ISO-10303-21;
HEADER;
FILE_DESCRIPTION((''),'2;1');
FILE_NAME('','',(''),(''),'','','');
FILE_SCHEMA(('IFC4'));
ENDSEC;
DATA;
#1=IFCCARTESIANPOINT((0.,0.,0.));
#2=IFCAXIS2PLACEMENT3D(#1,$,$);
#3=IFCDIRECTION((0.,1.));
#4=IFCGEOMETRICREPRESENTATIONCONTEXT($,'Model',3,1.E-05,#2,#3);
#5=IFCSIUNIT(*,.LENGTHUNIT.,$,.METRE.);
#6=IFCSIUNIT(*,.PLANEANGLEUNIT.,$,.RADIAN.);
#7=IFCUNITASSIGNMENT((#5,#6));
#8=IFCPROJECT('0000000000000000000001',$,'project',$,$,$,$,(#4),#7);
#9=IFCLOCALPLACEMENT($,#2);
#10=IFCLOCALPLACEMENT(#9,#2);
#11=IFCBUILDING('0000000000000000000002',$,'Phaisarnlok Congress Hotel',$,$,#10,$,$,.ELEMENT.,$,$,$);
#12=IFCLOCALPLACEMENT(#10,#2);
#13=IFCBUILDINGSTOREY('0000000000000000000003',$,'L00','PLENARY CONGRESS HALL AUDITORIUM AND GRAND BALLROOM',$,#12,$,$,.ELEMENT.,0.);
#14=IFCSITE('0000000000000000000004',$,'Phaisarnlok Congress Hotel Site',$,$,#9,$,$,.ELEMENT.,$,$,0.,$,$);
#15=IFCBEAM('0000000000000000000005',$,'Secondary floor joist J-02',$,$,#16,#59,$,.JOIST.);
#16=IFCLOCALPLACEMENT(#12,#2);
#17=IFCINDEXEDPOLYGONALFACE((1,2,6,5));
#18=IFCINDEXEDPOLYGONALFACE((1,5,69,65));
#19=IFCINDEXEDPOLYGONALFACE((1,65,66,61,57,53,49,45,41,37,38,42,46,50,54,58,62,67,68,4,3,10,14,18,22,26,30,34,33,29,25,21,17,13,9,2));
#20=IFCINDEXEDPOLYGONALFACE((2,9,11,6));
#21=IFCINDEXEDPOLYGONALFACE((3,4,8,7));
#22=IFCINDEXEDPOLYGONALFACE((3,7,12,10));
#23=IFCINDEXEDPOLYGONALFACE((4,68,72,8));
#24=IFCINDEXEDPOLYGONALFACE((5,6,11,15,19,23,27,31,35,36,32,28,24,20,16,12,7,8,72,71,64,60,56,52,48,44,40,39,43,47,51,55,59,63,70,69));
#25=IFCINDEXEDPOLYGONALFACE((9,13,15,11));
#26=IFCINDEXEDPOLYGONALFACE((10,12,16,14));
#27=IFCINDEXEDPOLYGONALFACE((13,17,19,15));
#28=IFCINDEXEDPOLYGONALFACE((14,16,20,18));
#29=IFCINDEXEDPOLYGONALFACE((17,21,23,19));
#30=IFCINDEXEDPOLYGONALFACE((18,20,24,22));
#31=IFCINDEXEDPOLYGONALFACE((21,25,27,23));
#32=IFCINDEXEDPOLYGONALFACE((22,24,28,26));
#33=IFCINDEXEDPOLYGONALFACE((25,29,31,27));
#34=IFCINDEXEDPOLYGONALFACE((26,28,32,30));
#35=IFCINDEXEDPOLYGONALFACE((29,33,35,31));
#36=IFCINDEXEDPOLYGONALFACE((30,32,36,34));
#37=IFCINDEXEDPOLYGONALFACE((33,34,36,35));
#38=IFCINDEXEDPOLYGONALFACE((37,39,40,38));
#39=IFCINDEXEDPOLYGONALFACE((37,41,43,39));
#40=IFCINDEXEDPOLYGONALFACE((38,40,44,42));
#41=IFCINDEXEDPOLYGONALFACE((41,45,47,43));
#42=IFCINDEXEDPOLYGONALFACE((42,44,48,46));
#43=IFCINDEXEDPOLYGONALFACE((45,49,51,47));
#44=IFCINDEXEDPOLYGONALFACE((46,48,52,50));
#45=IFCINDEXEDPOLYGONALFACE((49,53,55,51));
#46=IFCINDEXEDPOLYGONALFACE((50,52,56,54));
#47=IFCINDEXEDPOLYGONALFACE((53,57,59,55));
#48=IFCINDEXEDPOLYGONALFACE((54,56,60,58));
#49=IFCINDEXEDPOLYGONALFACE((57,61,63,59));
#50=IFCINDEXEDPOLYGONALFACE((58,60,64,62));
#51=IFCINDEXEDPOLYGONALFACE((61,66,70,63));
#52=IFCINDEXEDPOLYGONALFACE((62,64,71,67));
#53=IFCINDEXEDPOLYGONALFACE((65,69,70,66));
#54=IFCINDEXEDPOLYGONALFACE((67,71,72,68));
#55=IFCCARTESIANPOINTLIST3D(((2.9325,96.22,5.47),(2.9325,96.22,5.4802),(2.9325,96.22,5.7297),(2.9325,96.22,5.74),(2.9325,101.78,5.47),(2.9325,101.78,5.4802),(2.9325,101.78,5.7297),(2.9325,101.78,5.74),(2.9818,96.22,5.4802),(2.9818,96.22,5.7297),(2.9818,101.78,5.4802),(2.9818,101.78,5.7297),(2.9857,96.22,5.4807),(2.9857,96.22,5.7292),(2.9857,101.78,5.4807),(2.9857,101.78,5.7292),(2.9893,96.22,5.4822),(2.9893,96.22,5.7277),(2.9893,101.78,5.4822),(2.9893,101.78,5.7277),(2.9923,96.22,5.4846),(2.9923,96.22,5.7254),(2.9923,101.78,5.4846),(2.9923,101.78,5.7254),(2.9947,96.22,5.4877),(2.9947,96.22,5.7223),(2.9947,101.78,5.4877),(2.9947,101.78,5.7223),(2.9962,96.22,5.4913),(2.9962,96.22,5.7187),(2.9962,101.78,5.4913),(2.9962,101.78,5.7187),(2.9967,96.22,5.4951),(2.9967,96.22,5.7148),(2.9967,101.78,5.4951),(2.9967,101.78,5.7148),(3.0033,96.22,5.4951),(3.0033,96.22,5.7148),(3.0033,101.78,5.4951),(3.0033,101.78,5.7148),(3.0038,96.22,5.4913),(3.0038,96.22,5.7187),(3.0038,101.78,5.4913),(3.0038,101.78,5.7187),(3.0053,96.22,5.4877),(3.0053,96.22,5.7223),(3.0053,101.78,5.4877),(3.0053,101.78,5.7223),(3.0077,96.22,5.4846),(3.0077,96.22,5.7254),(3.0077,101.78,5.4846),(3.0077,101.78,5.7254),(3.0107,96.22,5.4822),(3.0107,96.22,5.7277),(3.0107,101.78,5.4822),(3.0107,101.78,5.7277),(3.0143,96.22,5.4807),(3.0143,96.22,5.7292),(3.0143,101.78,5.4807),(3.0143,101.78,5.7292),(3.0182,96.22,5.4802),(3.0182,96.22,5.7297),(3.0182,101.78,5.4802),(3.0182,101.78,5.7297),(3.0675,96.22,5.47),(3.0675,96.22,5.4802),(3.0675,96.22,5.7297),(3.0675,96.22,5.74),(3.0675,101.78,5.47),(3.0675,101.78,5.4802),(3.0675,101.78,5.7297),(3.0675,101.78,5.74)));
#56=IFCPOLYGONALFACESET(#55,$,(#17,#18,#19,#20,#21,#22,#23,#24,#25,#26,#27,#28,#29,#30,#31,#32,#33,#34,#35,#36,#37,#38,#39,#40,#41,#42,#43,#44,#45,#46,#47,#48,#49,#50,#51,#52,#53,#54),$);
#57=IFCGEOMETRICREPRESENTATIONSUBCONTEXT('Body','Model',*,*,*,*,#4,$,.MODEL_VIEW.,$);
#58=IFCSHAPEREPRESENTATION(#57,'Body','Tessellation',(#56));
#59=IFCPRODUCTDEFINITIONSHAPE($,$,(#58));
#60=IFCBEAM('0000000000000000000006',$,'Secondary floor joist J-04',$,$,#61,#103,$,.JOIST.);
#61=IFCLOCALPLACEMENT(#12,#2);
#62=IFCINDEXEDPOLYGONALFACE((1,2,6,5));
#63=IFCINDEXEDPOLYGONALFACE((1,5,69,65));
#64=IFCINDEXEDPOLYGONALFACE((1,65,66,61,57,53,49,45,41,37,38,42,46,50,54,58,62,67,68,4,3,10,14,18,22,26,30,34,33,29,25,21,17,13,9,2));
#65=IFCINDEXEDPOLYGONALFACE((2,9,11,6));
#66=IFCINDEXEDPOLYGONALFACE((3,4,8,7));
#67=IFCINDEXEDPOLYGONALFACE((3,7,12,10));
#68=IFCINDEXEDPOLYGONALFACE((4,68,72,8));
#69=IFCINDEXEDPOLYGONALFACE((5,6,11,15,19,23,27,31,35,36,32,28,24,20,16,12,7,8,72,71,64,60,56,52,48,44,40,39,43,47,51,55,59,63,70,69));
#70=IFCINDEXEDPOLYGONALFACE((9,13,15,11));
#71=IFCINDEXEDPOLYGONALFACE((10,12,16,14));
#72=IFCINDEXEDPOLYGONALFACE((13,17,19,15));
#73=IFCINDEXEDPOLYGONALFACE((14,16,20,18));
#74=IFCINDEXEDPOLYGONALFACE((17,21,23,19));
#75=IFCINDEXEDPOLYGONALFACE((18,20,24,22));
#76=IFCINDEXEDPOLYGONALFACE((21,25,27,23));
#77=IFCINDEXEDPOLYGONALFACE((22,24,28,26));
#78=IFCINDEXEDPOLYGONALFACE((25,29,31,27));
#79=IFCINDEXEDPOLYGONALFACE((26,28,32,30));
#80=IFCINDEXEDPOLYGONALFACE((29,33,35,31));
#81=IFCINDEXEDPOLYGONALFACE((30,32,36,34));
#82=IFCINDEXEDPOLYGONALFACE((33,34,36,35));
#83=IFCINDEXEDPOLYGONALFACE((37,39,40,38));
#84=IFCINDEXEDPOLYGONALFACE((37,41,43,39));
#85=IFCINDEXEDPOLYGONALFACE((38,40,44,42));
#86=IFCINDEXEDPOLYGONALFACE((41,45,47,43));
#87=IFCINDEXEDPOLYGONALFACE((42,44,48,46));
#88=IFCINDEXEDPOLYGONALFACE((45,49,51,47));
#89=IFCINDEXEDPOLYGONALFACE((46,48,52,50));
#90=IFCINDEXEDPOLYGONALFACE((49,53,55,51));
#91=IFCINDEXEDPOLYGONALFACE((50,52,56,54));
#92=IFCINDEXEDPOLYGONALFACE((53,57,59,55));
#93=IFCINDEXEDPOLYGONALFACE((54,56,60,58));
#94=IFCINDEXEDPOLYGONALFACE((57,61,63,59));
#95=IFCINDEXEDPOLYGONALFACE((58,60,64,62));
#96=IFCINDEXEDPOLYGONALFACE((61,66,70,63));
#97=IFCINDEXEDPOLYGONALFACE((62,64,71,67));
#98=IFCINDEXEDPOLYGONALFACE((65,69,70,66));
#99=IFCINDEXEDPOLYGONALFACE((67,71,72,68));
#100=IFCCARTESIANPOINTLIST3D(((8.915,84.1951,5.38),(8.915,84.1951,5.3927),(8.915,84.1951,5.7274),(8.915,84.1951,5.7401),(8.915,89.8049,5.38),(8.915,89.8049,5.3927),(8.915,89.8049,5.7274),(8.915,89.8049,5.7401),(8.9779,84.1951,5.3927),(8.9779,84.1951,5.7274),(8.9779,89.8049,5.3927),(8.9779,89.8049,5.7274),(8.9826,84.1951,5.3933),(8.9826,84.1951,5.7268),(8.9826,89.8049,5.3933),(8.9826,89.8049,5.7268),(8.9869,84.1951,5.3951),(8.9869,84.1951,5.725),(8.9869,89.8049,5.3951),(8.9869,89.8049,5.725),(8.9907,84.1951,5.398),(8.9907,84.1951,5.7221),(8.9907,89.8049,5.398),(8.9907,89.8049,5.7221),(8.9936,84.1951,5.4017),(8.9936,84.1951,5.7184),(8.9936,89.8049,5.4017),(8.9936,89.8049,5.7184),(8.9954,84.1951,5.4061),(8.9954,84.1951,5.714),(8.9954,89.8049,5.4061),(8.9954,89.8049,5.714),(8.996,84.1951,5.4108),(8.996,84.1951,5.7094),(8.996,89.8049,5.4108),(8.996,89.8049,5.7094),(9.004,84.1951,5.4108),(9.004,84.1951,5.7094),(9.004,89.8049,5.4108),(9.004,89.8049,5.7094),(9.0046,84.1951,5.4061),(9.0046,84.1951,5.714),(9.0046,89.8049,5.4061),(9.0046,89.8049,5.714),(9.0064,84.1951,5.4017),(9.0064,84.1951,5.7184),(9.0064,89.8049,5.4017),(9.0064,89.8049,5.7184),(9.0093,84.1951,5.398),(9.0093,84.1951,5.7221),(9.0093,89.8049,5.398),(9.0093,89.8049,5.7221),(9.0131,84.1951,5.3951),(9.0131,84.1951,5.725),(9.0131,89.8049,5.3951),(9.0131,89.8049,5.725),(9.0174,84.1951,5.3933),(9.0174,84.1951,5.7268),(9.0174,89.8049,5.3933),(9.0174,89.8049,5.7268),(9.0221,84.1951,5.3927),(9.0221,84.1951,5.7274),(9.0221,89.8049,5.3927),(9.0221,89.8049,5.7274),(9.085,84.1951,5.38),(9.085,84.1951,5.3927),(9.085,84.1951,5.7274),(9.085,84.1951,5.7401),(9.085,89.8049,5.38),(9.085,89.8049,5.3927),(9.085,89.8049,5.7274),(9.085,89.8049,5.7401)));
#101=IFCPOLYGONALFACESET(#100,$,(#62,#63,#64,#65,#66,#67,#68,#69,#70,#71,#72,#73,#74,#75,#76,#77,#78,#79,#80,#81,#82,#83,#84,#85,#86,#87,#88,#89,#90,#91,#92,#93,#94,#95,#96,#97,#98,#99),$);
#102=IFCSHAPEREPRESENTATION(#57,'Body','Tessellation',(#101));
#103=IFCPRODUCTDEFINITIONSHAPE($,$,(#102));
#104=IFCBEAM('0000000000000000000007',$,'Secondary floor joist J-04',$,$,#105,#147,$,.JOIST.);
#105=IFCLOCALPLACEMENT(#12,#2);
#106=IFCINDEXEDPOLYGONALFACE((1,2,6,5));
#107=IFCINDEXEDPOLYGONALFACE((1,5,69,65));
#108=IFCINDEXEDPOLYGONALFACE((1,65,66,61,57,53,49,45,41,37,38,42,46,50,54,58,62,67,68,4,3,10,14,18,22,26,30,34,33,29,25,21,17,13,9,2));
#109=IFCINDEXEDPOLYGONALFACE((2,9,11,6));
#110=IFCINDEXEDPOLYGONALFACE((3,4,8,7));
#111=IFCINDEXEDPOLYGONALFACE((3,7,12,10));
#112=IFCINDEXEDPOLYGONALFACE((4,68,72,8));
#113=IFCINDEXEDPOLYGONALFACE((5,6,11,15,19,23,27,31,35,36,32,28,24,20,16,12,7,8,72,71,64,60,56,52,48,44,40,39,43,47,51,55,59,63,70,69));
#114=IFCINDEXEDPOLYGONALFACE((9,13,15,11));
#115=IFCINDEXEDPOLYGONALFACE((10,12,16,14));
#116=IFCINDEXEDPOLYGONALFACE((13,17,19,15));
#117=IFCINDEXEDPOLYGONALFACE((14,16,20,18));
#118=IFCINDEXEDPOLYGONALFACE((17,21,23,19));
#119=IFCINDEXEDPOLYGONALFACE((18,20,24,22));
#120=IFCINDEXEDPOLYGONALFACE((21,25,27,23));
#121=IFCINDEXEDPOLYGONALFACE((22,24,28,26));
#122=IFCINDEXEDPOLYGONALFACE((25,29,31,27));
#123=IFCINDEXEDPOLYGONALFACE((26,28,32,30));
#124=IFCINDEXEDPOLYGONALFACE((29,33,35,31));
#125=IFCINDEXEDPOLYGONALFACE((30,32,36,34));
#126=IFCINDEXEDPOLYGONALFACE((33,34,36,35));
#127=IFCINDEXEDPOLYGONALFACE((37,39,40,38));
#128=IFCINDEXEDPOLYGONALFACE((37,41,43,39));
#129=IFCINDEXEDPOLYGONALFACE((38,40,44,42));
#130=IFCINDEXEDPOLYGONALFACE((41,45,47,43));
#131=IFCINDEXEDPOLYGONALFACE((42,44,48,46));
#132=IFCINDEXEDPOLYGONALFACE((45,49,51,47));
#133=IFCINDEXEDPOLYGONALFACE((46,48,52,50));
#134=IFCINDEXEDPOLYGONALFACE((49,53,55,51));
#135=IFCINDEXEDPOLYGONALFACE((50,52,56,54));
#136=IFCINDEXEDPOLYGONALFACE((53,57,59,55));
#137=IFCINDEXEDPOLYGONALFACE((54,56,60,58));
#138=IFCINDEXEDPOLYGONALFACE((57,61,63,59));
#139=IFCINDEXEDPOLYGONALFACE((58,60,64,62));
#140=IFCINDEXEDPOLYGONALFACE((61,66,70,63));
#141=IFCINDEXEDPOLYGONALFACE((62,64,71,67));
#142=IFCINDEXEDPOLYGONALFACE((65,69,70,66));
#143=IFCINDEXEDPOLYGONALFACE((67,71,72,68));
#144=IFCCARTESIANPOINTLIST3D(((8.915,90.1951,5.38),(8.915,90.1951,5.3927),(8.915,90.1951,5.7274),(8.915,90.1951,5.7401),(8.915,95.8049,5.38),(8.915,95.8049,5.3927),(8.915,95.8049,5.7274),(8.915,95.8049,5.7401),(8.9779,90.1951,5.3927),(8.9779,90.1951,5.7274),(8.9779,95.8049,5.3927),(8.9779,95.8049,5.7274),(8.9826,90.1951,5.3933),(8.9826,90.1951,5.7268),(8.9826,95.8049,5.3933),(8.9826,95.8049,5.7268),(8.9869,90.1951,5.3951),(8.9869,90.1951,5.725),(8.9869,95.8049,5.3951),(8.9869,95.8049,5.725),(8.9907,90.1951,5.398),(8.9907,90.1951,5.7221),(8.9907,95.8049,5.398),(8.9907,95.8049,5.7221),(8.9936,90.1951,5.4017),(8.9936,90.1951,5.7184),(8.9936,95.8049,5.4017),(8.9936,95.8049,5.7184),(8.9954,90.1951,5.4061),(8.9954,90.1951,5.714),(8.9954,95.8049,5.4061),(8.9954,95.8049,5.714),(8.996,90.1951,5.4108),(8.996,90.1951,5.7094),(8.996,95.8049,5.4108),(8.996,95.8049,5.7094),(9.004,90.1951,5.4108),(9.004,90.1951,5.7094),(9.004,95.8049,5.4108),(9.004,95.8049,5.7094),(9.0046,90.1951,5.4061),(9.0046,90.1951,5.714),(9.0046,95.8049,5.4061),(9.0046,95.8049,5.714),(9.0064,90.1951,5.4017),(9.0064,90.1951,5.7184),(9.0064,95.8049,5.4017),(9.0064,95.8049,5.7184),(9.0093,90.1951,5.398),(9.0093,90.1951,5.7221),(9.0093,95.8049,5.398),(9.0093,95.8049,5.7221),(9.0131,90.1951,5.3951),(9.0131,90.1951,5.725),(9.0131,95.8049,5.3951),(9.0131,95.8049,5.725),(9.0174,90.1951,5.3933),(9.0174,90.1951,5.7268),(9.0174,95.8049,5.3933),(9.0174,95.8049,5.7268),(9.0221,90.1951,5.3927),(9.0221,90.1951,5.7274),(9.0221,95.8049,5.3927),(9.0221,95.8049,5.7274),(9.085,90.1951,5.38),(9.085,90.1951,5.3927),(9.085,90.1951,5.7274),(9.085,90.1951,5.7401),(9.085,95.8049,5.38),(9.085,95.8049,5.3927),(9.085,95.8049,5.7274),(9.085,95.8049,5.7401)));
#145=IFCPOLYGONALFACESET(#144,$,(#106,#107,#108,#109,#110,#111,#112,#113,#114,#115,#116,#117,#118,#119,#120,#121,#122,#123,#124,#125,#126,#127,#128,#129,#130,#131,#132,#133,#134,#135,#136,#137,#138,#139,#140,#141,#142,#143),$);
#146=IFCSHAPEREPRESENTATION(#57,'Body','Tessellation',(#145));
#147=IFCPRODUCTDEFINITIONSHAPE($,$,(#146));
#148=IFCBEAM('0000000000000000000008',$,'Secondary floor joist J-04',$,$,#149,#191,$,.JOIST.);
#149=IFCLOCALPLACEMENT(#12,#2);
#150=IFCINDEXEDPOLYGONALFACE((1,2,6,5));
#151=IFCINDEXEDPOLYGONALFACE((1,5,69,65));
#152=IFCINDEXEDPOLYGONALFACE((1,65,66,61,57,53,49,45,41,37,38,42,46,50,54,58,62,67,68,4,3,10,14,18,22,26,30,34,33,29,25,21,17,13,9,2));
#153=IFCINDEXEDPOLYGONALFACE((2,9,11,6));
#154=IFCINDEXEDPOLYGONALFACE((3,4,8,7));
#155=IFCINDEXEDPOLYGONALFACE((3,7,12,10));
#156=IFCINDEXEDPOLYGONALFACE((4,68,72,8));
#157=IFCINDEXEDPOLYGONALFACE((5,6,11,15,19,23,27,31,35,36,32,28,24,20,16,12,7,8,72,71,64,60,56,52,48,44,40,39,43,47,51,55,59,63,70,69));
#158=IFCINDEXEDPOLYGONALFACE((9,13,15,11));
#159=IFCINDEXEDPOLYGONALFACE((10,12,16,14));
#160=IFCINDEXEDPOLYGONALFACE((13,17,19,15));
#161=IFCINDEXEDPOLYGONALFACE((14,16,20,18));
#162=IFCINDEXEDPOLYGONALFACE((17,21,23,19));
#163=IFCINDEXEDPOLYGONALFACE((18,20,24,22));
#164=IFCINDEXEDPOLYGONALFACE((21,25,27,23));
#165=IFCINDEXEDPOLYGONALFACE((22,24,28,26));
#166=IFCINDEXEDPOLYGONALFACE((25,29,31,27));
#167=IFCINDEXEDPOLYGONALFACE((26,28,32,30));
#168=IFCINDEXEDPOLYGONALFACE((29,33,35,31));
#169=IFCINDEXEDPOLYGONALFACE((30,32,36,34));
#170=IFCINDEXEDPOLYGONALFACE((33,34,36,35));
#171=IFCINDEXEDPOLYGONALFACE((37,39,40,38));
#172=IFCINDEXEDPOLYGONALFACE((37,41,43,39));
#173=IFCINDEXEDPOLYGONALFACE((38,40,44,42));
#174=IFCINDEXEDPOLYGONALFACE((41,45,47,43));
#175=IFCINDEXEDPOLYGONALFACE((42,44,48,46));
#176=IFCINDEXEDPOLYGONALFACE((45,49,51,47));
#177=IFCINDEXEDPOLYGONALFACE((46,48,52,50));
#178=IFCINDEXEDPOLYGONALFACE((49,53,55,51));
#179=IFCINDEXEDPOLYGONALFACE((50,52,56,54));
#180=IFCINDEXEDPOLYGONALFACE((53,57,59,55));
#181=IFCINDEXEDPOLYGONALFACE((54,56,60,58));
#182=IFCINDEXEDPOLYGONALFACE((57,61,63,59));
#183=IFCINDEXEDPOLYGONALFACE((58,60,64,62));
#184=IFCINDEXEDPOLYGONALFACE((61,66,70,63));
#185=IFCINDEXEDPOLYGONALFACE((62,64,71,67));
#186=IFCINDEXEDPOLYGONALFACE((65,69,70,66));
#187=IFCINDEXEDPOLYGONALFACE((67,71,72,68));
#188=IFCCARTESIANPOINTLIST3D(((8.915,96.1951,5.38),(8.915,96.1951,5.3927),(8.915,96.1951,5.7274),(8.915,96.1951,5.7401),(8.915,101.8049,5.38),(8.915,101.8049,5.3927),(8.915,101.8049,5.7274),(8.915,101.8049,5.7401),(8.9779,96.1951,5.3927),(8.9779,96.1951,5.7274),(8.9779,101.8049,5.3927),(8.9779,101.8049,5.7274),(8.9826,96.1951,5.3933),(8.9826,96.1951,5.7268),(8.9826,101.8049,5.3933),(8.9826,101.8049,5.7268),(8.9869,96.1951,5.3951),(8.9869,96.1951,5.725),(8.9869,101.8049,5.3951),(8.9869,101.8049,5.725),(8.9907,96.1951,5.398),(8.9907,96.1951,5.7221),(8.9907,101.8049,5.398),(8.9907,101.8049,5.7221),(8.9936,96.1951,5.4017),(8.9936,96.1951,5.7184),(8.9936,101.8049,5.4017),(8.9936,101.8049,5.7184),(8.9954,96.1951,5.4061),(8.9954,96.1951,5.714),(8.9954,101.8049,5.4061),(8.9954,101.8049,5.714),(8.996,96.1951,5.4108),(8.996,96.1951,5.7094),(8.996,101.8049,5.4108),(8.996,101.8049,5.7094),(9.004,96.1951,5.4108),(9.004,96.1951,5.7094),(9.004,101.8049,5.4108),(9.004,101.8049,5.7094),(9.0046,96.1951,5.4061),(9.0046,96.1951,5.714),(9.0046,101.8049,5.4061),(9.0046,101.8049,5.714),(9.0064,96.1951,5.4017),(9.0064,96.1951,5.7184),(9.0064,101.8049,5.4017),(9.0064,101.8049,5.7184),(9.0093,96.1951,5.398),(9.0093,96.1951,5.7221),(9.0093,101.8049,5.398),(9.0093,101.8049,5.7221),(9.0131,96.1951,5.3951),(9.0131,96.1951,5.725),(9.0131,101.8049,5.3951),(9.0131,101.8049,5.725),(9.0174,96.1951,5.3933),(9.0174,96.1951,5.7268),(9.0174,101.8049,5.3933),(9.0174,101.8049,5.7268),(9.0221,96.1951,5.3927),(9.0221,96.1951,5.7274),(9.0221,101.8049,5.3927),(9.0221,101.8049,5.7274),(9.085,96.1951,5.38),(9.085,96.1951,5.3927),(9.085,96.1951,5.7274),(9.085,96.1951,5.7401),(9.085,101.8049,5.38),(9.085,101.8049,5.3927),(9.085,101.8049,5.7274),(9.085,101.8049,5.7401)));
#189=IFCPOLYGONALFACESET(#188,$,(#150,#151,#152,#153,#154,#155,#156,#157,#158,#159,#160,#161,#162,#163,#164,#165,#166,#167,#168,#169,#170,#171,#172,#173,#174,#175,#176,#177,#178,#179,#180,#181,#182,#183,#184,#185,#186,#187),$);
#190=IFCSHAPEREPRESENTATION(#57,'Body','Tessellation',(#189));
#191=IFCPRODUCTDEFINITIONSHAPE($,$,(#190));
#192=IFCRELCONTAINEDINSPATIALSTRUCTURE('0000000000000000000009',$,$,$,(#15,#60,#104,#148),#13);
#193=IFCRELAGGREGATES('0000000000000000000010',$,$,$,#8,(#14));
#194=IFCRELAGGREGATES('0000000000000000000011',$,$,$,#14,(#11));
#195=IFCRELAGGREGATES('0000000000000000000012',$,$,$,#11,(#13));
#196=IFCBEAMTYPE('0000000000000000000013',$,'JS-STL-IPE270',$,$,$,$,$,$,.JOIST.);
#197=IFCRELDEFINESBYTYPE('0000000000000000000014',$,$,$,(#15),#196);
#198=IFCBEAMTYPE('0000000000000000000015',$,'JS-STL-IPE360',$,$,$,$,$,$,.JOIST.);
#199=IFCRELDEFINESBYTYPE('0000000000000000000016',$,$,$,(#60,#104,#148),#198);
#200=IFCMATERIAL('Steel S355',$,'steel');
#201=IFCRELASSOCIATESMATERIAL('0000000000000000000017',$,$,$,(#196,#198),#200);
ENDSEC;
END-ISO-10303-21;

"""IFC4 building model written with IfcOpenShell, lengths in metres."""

from ifc_helpers import new_model, si_unit, direction, frame, origin, origin_2d, place, context, subcontext, project, spatial, i_section, extrude, material, material_profile, profile_set, type_object, element, save


model = new_model("IFC4")

# Units and contexts
model_context = context("Model", 3, precision=1e-05, world=origin(), true_north=direction((0.0, 1.0)))
body_context = subcontext(model_context, "Body", "Model", "MODEL_VIEW")
ifc_project = project(units=[si_unit("LENGTHUNIT", "METRE"), si_unit("PLANEANGLEUNIT", "RADIAN")], contexts=[model_context])

# Site, building, storey
site_placement = place(None, origin())
site = spatial("IfcSite", under=ifc_project, at=site_placement, Name="Phaisarnlok Congress Hotel Site", CompositionType="ELEMENT", RefElevation=0.0)
building_placement = place(site_placement, origin())
building = spatial("IfcBuilding", under=site, at=building_placement, Name="Phaisarnlok Congress Hotel", CompositionType="ELEMENT")
storey_placement = place(building_placement, origin())
storey = spatial("IfcBuildingStorey", under=building, at=storey_placement, Name="L00", Description="PLENARY CONGRESS HALL AUDITORIUM AND GRAND BALLROOM", CompositionType="ELEMENT", Elevation=0.0)

# Beams
ifc_material_1 = material(Name="Steel S355", Category="steel")
ifc_material_profile_1 = material_profile(ifc_material_1, i_section(OverallWidth=0.135, OverallDepth=0.27, WebThickness=0.0066, FlangeThickness=0.0103, FilletRadius=0.0149, at=origin_2d()), Name="IPE 270")
ifc_profile_set_1 = profile_set([ifc_material_profile_1], Name="Steel S355")
beam_type_1 = type_object("IfcBeamType", Name="JS-STL-IPE270", PredefinedType="JOIST", material=ifc_profile_set_1)
for number, where, z_axis, x_axis, name in (
    (1, (3.0, 96.22, 5.605), (0.0, 1.0, 0.0), (-1.0, 0.0, 0.0), "Secondary floor joist J-02"),
):
    element("IfcBeam", number, at=place(storey_placement, frame(where, z_axis=z_axis, x_axis=x_axis)), inside=storey, type_object=beam_type_1, Name=name, PredefinedType="JOIST", context=body_context, shape_type="SweptSolid", body=[
        extrude(i_section(OverallWidth=0.135, OverallDepth=0.27, WebThickness=0.0066, FlangeThickness=0.0103, FilletRadius=0.0149, at=origin_2d()), origin(), (0.0, 0.0, 1.0), 5.5601),
    ])
ifc_material_profile_2 = material_profile(ifc_material_1, i_section(OverallWidth=0.1699, OverallDepth=0.3601, WebThickness=0.0081, FlangeThickness=0.0127, FilletRadius=0.0181, at=origin_2d()), Name="IPE 360")
ifc_profile_set_2 = profile_set([ifc_material_profile_2], Name="Steel S355")
beam_type_2 = type_object("IfcBeamType", Name="JS-STL-IPE360", PredefinedType="JOIST", material=ifc_profile_set_2)
for number, where, z_axis, x_axis, name in (
    (2, (9.0, 84.1951, 5.5601), (0.0, 1.0, 0.0), (-1.0, 0.0, 0.0), "Secondary floor joist J-04"),
    (3, (9.0, 90.1951, 5.5601), (0.0, 1.0, 0.0), (-1.0, 0.0, 0.0), "Secondary floor joist J-04"),
    (4, (9.0, 96.1951, 5.5601), (0.0, 1.0, 0.0), (-1.0, 0.0, 0.0), "Secondary floor joist J-04"),
):
    element("IfcBeam", number, at=place(storey_placement, frame(where, z_axis=z_axis, x_axis=x_axis)), inside=storey, type_object=beam_type_2, Name=name, PredefinedType="JOIST", context=body_context, shape_type="SweptSolid", body=[
        extrude(i_section(OverallWidth=0.1699, OverallDepth=0.3601, WebThickness=0.0081, FlangeThickness=0.0127, FilletRadius=0.0181, at=origin_2d()), origin(), (0.0, 0.0, 1.0), 5.6099),
    ])

save(model, "model.ifc")
